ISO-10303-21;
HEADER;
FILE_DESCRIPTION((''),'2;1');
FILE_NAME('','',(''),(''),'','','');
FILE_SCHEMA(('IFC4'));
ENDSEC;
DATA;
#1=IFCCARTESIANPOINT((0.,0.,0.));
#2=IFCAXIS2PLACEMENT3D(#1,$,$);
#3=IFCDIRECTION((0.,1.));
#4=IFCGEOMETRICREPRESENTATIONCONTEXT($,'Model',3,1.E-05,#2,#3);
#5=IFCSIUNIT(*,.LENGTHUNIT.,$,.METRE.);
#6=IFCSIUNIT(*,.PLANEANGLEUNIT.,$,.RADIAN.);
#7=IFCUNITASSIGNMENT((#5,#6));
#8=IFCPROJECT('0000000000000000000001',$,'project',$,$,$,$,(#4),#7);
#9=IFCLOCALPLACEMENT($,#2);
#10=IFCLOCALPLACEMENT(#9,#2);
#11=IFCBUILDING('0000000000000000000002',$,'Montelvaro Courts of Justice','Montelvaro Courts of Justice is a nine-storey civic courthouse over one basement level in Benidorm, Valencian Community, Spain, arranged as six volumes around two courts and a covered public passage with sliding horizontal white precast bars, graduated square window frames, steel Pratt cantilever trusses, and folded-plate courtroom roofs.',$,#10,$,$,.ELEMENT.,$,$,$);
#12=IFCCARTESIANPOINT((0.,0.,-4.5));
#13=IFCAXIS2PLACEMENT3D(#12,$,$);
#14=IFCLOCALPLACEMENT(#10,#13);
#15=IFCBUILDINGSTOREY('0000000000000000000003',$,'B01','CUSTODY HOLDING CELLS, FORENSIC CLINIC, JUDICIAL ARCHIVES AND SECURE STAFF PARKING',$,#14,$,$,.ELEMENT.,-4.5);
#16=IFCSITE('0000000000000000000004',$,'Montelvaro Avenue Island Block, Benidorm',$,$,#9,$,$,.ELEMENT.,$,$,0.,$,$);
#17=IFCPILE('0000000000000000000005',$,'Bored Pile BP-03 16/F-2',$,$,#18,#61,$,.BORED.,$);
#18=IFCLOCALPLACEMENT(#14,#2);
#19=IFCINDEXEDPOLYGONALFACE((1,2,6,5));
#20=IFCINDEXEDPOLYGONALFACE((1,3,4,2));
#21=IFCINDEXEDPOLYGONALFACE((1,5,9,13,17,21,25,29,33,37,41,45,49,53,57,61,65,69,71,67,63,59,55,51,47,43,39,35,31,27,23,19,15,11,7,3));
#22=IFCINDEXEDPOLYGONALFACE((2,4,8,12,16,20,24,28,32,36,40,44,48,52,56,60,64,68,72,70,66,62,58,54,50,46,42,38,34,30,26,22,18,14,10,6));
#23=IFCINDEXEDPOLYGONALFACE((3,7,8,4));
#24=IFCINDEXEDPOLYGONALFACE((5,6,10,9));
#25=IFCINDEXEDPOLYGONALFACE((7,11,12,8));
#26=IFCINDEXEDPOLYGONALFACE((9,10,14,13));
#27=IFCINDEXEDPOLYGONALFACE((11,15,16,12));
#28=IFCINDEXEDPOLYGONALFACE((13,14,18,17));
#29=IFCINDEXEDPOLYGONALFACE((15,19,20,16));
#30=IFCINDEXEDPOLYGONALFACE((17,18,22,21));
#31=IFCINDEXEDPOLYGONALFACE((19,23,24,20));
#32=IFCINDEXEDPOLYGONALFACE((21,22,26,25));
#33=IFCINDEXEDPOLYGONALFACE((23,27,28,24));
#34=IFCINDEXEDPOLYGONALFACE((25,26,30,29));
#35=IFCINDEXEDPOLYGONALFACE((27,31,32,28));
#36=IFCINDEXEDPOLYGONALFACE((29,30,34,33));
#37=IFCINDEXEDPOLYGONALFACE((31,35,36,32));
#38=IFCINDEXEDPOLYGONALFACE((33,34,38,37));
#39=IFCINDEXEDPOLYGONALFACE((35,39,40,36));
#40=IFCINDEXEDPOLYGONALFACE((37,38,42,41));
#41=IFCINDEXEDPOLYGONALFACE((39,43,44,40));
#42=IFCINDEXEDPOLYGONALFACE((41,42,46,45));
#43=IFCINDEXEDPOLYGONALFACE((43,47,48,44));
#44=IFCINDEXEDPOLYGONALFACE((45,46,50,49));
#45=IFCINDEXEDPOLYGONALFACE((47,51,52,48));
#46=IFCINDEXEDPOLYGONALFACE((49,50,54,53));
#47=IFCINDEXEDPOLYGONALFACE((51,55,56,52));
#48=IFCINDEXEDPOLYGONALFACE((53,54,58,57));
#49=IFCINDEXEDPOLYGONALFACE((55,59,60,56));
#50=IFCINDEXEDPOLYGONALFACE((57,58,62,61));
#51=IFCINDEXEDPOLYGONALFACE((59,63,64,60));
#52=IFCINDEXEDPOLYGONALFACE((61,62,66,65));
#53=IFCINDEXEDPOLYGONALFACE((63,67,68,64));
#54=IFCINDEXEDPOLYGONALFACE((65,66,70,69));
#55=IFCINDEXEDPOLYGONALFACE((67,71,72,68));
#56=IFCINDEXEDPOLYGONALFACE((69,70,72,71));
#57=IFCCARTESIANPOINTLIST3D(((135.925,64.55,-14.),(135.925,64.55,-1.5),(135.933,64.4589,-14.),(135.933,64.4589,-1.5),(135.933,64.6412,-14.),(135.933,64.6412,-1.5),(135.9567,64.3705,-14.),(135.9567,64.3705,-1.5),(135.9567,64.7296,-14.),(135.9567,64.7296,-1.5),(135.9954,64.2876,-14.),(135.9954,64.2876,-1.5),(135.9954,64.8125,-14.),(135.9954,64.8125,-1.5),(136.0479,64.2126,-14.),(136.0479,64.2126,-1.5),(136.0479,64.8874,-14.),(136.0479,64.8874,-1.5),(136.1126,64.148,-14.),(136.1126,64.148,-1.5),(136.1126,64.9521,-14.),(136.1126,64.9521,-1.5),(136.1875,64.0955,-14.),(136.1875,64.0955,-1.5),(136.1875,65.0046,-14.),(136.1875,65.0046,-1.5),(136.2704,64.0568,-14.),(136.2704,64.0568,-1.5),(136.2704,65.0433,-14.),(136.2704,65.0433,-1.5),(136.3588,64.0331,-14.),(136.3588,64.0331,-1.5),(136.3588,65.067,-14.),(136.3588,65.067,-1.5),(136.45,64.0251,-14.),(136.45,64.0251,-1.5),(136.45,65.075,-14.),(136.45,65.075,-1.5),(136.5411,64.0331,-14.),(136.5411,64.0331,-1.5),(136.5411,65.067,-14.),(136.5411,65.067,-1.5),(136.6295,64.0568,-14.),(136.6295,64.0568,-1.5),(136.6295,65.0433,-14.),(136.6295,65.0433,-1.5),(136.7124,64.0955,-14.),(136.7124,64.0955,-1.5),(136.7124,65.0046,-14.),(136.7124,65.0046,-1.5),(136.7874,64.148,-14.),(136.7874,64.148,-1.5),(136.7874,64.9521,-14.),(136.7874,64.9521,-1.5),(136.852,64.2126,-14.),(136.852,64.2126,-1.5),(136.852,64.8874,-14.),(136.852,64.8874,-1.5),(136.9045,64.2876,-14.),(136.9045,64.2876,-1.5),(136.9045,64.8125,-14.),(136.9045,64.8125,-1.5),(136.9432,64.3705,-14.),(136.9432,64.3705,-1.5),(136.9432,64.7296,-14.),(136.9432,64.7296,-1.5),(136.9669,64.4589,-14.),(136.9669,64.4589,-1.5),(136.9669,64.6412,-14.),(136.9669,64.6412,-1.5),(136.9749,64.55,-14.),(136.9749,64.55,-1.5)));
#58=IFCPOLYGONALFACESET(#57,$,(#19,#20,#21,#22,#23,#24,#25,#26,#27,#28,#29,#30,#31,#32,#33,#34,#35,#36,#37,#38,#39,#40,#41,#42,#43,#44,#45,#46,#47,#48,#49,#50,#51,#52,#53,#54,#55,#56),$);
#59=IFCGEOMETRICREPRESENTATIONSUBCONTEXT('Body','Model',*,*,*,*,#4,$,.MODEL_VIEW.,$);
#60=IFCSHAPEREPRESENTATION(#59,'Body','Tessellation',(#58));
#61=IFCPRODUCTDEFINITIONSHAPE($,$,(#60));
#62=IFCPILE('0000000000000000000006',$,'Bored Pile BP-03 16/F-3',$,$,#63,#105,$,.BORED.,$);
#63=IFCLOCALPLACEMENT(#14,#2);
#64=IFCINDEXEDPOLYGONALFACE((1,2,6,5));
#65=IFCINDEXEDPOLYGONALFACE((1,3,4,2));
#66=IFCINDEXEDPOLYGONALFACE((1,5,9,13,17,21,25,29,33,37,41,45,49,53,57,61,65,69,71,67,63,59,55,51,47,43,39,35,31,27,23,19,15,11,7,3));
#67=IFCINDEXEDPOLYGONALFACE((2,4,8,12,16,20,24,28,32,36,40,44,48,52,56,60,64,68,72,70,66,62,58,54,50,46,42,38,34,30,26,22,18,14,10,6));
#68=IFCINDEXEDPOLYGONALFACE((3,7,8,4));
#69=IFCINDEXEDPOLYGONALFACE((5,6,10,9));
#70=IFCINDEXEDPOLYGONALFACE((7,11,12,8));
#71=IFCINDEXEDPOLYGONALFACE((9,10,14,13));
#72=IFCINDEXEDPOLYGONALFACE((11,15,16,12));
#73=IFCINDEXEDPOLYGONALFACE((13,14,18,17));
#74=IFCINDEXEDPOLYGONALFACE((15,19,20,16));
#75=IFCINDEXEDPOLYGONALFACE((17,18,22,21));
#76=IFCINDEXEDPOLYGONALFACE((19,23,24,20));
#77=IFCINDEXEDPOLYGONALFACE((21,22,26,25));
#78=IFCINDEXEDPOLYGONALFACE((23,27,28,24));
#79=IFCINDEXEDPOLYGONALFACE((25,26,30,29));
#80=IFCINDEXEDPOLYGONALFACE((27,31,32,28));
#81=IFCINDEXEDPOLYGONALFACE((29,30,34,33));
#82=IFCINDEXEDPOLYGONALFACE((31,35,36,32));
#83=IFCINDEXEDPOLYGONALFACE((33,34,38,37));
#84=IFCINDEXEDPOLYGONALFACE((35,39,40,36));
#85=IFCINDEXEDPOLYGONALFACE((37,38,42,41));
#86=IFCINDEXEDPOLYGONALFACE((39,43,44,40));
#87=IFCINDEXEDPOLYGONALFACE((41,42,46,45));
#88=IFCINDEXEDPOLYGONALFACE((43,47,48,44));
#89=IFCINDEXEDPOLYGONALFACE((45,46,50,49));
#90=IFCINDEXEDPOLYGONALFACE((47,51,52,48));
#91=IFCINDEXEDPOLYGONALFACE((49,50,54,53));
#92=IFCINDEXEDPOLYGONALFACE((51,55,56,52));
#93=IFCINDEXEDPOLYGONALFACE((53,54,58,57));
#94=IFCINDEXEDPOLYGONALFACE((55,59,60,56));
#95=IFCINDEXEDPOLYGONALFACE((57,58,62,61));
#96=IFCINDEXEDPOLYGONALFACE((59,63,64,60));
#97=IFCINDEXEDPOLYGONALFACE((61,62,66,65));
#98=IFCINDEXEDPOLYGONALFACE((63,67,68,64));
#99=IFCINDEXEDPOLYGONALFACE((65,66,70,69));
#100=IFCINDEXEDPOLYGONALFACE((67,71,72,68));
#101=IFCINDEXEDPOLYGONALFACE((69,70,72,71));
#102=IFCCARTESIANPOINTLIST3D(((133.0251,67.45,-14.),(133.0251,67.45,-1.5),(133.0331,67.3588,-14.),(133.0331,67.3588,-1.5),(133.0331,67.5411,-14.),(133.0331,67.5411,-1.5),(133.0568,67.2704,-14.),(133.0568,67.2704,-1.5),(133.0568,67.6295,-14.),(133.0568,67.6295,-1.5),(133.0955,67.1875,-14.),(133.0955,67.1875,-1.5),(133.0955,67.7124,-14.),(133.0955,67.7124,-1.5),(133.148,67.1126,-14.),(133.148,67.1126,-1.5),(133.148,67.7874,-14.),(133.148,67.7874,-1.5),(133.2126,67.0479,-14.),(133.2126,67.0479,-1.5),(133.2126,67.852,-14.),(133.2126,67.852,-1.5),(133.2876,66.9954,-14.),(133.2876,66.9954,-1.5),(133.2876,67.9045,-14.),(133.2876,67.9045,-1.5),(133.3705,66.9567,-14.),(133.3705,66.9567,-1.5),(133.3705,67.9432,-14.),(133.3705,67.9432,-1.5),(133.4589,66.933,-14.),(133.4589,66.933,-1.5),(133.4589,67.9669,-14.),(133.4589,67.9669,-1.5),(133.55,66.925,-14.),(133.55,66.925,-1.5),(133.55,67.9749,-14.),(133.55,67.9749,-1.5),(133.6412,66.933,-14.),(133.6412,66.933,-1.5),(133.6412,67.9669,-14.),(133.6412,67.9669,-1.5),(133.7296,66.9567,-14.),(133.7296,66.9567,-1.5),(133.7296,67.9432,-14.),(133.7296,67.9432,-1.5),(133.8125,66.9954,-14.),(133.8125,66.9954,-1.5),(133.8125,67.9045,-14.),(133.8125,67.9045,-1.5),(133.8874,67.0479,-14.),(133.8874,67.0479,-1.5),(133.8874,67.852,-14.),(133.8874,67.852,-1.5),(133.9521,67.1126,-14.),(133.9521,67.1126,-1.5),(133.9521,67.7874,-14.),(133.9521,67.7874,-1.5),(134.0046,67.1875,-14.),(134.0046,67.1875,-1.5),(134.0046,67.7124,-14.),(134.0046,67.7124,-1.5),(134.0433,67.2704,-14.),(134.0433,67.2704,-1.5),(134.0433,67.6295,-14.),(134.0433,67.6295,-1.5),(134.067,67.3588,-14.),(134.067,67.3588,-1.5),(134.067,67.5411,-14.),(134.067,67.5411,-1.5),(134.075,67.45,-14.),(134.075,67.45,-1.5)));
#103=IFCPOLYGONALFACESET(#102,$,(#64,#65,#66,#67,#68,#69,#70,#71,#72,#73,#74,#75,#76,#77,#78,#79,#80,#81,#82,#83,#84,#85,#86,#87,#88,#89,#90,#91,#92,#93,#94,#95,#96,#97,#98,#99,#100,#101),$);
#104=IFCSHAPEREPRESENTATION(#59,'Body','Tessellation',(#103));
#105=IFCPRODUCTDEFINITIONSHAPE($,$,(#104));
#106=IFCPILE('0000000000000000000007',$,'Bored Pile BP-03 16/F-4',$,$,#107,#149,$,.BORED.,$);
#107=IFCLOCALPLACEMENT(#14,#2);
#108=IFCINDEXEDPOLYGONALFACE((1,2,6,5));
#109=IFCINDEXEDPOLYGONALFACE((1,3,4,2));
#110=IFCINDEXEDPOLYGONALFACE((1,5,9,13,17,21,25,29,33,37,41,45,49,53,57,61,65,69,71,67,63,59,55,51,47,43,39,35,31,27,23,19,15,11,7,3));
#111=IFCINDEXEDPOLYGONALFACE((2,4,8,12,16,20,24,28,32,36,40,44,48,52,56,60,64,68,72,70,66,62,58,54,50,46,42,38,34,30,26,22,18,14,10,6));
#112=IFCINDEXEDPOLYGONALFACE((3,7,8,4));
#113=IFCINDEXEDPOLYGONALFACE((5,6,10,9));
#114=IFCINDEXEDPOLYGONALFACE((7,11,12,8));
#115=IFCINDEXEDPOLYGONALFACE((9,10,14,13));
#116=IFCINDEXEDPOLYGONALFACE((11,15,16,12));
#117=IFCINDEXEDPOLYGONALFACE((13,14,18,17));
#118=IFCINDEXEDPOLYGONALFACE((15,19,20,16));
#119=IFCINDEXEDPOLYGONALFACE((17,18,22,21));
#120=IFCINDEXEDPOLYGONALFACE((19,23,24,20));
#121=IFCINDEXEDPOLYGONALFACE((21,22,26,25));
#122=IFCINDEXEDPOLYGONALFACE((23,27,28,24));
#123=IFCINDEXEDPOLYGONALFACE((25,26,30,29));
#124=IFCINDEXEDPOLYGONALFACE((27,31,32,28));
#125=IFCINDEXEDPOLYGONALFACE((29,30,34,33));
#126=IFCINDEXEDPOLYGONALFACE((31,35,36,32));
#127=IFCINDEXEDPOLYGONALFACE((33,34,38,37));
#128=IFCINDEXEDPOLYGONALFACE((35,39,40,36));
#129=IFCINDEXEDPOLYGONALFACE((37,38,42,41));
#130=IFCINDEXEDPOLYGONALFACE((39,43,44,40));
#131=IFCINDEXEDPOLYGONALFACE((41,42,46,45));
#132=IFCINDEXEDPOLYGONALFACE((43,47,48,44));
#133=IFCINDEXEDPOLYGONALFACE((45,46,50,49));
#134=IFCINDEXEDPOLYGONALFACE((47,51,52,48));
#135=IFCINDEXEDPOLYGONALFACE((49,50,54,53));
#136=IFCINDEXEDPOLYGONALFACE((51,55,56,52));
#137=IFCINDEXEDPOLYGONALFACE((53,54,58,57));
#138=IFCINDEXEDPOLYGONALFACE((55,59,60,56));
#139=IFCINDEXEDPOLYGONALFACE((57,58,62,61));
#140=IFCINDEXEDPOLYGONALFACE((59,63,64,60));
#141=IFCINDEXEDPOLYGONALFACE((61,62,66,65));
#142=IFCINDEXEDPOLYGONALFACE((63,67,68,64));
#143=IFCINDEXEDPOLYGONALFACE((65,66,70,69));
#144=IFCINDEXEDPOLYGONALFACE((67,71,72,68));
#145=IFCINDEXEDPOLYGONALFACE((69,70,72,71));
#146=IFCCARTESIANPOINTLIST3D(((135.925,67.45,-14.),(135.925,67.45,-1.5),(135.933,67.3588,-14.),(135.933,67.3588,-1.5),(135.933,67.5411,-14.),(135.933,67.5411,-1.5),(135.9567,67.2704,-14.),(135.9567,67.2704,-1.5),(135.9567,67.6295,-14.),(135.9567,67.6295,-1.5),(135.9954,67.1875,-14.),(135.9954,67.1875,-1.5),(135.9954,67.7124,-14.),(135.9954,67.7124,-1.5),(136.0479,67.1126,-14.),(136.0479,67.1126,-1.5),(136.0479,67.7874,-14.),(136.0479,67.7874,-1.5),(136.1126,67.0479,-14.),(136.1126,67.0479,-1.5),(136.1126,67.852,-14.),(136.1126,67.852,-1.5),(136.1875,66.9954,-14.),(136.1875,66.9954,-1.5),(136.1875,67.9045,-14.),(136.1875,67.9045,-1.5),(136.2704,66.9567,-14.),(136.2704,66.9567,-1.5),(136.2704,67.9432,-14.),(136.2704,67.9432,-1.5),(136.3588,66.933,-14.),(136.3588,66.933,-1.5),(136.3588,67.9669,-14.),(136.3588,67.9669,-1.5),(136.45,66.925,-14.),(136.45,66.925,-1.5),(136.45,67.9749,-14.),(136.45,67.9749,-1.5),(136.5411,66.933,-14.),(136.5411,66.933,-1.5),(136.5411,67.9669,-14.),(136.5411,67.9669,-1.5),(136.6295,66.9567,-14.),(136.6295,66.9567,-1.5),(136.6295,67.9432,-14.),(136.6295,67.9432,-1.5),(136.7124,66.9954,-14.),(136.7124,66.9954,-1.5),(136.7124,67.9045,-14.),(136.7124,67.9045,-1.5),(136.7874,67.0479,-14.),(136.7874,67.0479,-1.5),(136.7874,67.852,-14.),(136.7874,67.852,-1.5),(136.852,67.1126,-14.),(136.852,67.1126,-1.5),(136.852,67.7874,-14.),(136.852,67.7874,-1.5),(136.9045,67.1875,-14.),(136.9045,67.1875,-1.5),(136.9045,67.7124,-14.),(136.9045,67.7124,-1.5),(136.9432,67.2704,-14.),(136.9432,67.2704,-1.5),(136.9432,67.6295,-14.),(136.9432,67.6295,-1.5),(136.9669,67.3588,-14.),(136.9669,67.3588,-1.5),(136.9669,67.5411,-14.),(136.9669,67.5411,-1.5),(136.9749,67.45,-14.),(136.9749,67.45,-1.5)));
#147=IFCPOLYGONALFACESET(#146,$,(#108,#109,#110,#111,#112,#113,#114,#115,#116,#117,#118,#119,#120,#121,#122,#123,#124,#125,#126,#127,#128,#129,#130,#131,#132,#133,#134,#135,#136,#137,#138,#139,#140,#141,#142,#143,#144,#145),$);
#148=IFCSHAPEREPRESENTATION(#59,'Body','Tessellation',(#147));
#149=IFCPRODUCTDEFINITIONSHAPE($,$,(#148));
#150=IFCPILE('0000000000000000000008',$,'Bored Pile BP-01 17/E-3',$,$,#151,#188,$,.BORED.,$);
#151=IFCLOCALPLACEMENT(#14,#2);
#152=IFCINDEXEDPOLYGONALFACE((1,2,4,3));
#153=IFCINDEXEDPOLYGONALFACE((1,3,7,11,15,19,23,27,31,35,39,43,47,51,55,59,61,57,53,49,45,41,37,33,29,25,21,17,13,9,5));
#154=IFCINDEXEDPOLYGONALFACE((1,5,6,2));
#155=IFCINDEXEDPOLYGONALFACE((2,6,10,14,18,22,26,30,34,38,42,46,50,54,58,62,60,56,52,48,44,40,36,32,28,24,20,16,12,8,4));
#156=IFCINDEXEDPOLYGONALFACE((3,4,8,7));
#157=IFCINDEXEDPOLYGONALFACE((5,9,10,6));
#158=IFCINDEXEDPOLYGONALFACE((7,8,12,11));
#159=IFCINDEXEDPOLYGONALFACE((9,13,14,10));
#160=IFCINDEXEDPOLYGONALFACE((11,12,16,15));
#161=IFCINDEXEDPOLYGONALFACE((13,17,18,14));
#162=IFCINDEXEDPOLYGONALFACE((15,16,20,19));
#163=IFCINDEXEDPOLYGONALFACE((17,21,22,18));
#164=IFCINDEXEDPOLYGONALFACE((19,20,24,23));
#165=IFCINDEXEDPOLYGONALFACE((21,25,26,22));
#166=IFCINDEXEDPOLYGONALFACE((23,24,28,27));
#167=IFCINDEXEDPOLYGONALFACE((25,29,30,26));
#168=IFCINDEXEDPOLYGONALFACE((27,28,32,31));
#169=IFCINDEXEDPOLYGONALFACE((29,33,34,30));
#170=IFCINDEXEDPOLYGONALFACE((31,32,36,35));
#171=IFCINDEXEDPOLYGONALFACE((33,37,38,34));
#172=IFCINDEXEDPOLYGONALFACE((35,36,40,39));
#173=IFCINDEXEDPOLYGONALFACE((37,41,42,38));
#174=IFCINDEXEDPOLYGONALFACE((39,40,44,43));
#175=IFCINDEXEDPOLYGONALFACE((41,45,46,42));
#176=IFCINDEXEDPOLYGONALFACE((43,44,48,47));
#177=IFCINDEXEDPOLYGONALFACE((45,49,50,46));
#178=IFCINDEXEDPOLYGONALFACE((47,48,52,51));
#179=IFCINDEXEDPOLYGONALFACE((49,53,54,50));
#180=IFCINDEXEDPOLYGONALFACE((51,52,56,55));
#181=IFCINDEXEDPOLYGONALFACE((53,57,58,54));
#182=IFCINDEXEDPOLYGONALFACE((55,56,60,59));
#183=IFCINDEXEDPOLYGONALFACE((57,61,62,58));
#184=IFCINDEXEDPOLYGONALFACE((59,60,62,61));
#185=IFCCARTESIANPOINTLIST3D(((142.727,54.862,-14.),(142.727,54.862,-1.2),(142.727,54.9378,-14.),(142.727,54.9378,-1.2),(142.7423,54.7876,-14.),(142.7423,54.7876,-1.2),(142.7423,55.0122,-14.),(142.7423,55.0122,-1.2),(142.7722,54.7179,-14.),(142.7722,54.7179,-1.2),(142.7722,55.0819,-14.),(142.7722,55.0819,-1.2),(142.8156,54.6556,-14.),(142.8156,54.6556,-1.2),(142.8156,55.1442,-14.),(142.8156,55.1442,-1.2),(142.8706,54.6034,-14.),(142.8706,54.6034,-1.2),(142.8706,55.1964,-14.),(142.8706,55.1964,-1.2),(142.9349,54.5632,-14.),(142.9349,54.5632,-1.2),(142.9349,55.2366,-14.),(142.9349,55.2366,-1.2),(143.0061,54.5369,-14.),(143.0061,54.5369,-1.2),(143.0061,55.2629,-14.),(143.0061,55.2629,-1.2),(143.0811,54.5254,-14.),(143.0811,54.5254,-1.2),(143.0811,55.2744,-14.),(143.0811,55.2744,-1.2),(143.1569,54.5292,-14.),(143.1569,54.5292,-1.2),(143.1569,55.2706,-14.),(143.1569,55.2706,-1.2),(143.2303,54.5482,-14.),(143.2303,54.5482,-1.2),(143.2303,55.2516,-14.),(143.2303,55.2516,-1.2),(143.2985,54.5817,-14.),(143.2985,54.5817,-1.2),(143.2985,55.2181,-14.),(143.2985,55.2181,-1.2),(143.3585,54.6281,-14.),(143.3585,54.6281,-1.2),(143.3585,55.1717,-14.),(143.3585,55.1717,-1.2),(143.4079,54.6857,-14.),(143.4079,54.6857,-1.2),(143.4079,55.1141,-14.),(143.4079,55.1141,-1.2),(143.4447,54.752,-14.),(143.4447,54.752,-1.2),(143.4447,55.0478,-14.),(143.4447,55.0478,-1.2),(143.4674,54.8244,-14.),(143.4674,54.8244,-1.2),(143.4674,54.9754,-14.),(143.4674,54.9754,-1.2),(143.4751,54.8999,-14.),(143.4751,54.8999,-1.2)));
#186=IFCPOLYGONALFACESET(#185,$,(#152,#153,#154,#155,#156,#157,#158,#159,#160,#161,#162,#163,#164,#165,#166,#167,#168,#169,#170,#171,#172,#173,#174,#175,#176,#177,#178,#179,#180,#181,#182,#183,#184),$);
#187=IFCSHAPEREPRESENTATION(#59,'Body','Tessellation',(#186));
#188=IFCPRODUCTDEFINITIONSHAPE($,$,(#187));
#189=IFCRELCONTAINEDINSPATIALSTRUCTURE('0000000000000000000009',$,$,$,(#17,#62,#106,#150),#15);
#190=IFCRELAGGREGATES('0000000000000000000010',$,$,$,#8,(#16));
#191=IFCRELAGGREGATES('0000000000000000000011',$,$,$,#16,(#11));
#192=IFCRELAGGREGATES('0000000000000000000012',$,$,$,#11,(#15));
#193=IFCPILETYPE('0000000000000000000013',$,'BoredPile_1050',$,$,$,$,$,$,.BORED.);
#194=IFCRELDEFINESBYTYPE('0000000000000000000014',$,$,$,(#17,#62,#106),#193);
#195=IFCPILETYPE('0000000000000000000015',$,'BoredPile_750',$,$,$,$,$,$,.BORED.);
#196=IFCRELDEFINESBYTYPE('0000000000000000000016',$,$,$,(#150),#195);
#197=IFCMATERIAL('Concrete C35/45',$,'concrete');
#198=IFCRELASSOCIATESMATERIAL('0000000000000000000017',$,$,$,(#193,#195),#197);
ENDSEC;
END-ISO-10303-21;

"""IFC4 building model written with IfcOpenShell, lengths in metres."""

from ifc_helpers import new_model, si_unit, direction, frame, origin, origin_2d, place, context, subcontext, project, spatial, circle, extrude, material, material_profile, profile_set, type_object, element, save


model = new_model("IFC4")

# Units and contexts
model_context = context("Model", 3, precision=1e-05, world=origin(), true_north=direction((0.0, 1.0)))
body_context = subcontext(model_context, "Body", "Model", "MODEL_VIEW")
ifc_project = project(units=[si_unit("LENGTHUNIT", "METRE"), si_unit("PLANEANGLEUNIT", "RADIAN")], contexts=[model_context])

# Site, building, storey
site_placement = place(None, origin())
site = spatial("IfcSite", under=ifc_project, at=site_placement, Name="Montelvaro Avenue Island Block, Benidorm", CompositionType="ELEMENT", RefElevation=0.0)
building_placement = place(site_placement, origin())
building = spatial("IfcBuilding", under=site, at=building_placement, Name="Montelvaro Courts of Justice", Description="Montelvaro Courts of Justice is a nine-storey civic courthouse over one basement level in Benidorm, Valencian Community, Spain, arranged as six volumes around two courts and a covered public passage with sliding horizontal white precast bars, graduated square window frames, steel Pratt cantilever trusses, and folded-plate courtroom roofs.", CompositionType="ELEMENT")
storey_placement = place(building_placement, frame((0.0, 0.0, -4.5)))
storey = spatial("IfcBuildingStorey", under=building, at=storey_placement, Name="B01", Description="CUSTODY HOLDING CELLS, FORENSIC CLINIC, JUDICIAL ARCHIVES AND SECURE STAFF PARKING", CompositionType="ELEMENT", Elevation=-4.5)

# Piles
ifc_material_1 = material(Name="Concrete C35/45", Category="concrete")
ifc_material_profile_1 = material_profile(ifc_material_1, circle(Radius=0.5249, at=origin_2d()), Name="BORED PILE D1050")
ifc_profile_set_1 = profile_set([ifc_material_profile_1], Name="Concrete C35/45")
pile_type_1 = type_object("IfcPileType", Name="BoredPile_1050", PredefinedType="BORED", material=ifc_profile_set_1)
for number, where, z_axis, x_axis, name in (
    (1, (136.45, 64.55, -1.5), (0.0, 0.0, -1.0), (1.0, 0.0, 0.0), "Bored Pile BP-03 16/F-2"),
    (2, (133.55, 67.45, -1.5), (0.0, 0.0, -1.0), (1.0, 0.0, 0.0), "Bored Pile BP-03 16/F-3"),
    (3, (136.45, 67.45, -1.5), (0.0, 0.0, -1.0), (1.0, 0.0, 0.0), "Bored Pile BP-03 16/F-4"),
):
    element("IfcPile", number, at=place(storey_placement, frame(where, z_axis=z_axis, x_axis=x_axis)), inside=storey, type_object=pile_type_1, Name=name, PredefinedType="BORED", context=body_context, shape_type="SweptSolid", body=[
        extrude(circle(Radius=0.5249, at=origin_2d()), origin(), (0.0, 0.0, 1.0), 12.5),
    ])
ifc_material_profile_2 = material_profile(ifc_material_1, circle(Radius=0.375, at=origin_2d()), Name="BORED PILE D750")
ifc_profile_set_2 = profile_set([ifc_material_profile_2], Name="Concrete C35/45")
pile_type_2 = type_object("IfcPileType", Name="BoredPile_750", PredefinedType="BORED", material=ifc_profile_set_2)
pile_1_placement = place(storey_placement, frame((143.1001, 54.8999, -1.2), z_axis=(0.0, 0.0, -1.0), x_axis=(1.0, 0.0, 0.0)))
element("IfcPile", 4, at=pile_1_placement, inside=storey, type_object=pile_type_2, Name="Bored Pile BP-01 17/E-3", PredefinedType="BORED", context=body_context, shape_type="SweptSolid", body=[
    extrude(circle(Radius=0.375, at=origin_2d()), origin(), (0.0, 0.0, 1.0), 12.8),
])

save(model, "model.ifc")
